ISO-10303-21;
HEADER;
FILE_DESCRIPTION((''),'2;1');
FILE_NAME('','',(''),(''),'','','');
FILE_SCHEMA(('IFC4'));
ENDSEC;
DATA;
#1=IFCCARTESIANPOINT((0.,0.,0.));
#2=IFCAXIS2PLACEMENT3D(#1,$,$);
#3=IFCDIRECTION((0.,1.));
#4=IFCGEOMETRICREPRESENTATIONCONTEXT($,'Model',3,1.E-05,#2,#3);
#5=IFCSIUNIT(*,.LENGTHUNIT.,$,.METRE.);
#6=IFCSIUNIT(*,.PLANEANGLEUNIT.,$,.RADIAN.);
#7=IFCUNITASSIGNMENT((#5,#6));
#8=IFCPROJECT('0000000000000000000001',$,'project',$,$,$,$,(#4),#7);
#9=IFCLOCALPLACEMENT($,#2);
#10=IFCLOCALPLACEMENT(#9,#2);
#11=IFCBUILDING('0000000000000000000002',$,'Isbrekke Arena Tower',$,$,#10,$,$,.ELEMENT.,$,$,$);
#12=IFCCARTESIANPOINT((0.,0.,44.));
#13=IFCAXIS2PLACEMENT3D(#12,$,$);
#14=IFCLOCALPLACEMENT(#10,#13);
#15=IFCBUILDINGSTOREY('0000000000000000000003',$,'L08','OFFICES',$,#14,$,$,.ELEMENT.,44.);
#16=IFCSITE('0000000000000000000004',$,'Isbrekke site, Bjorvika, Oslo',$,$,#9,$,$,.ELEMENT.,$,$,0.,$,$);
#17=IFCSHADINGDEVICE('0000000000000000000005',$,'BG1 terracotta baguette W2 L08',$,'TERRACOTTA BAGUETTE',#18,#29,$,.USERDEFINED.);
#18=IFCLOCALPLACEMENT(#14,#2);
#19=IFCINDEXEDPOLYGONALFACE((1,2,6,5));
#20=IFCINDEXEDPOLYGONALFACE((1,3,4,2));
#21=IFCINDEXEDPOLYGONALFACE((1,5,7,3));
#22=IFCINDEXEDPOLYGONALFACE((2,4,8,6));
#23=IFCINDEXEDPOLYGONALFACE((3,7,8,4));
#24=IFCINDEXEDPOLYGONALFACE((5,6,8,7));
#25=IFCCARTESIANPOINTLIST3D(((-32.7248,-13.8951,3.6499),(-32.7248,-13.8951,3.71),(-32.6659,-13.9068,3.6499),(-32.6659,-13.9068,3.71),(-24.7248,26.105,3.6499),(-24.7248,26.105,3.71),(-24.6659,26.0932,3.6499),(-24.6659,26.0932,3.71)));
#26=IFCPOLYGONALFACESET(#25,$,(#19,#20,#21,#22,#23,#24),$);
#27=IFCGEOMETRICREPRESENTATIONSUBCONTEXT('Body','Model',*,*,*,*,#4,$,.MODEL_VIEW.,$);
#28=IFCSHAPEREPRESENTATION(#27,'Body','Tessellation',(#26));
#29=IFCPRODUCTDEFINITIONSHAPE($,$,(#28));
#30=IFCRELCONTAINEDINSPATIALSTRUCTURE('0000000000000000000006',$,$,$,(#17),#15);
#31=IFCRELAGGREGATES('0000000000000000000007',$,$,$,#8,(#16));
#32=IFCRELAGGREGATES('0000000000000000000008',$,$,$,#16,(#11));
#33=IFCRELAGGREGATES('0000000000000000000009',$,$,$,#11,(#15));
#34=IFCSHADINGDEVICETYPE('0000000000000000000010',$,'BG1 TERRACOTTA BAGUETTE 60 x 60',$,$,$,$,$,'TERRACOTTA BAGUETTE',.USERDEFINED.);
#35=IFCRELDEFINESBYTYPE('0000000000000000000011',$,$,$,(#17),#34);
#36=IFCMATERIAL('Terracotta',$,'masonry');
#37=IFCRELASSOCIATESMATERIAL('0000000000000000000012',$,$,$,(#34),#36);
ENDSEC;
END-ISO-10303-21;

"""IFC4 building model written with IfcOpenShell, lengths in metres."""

from ifc_helpers import new_model, si_unit, direction, frame, origin, origin_2d, place, context, subcontext, project, spatial, rectangle, extrude, material, material_profile, profile_set, type_object, element, save


model = new_model("IFC4")

# Units and contexts
model_context = context("Model", 3, precision=1e-05, world=origin(), true_north=direction((0.0, 1.0)))
body_context = subcontext(model_context, "Body", "Model", "MODEL_VIEW")
ifc_project = project(units=[si_unit("LENGTHUNIT", "METRE"), si_unit("PLANEANGLEUNIT", "RADIAN")], contexts=[model_context])

# Site, building, storey
site_placement = place(None, origin())
site = spatial("IfcSite", under=ifc_project, at=site_placement, Name="Isbrekke site, Bjorvika, Oslo", CompositionType="ELEMENT", RefElevation=0.0)
building_placement = place(site_placement, origin())
building = spatial("IfcBuilding", under=site, at=building_placement, Name="Isbrekke Arena Tower", CompositionType="ELEMENT")
storey_placement = place(building_placement, frame((0.0, 0.0, 44.0)))
storey = spatial("IfcBuildingStorey", under=building, at=storey_placement, Name="L08", Description="OFFICES", CompositionType="ELEMENT", Elevation=44.0)

# Shading device
ifc_material_1 = material(Name="Terracotta", Category="masonry")
ifc_material_profile_1 = material_profile(ifc_material_1, rectangle(XDim=0.0601, YDim=0.0601, at=origin_2d()), Name="BAGUETTE 60X60")
ifc_profile_set_1 = profile_set([ifc_material_profile_1], Name="Terracotta")
shading_device_type = type_object("IfcShadingDeviceType", Name="BG1 TERRACOTTA BAGUETTE 60 x 60", ElementType="TERRACOTTA BAGUETTE", PredefinedType="USERDEFINED", material=ifc_profile_set_1)
for number, where, z_axis, x_axis, name in (
    (1, (-24.6953, 26.0991, 3.6799), (-0.196116, -0.980581, 0.0), (0.980581, -0.196116, 0.0), "BG1 terracotta baguette W2 L08"),
):
    element("IfcShadingDevice", number, at=place(storey_placement, frame(where, z_axis=z_axis, x_axis=x_axis)), inside=storey, type_object=shading_device_type, Name=name, ObjectType="TERRACOTTA BAGUETTE", PredefinedType="USERDEFINED", context=body_context, shape_type="SweptSolid", body=[
        extrude(rectangle(XDim=0.0601, YDim=0.0601, at=origin_2d()), origin(), (0.0, 0.0, 1.0), 40.7922),
    ])

save(model, "model.ifc")
